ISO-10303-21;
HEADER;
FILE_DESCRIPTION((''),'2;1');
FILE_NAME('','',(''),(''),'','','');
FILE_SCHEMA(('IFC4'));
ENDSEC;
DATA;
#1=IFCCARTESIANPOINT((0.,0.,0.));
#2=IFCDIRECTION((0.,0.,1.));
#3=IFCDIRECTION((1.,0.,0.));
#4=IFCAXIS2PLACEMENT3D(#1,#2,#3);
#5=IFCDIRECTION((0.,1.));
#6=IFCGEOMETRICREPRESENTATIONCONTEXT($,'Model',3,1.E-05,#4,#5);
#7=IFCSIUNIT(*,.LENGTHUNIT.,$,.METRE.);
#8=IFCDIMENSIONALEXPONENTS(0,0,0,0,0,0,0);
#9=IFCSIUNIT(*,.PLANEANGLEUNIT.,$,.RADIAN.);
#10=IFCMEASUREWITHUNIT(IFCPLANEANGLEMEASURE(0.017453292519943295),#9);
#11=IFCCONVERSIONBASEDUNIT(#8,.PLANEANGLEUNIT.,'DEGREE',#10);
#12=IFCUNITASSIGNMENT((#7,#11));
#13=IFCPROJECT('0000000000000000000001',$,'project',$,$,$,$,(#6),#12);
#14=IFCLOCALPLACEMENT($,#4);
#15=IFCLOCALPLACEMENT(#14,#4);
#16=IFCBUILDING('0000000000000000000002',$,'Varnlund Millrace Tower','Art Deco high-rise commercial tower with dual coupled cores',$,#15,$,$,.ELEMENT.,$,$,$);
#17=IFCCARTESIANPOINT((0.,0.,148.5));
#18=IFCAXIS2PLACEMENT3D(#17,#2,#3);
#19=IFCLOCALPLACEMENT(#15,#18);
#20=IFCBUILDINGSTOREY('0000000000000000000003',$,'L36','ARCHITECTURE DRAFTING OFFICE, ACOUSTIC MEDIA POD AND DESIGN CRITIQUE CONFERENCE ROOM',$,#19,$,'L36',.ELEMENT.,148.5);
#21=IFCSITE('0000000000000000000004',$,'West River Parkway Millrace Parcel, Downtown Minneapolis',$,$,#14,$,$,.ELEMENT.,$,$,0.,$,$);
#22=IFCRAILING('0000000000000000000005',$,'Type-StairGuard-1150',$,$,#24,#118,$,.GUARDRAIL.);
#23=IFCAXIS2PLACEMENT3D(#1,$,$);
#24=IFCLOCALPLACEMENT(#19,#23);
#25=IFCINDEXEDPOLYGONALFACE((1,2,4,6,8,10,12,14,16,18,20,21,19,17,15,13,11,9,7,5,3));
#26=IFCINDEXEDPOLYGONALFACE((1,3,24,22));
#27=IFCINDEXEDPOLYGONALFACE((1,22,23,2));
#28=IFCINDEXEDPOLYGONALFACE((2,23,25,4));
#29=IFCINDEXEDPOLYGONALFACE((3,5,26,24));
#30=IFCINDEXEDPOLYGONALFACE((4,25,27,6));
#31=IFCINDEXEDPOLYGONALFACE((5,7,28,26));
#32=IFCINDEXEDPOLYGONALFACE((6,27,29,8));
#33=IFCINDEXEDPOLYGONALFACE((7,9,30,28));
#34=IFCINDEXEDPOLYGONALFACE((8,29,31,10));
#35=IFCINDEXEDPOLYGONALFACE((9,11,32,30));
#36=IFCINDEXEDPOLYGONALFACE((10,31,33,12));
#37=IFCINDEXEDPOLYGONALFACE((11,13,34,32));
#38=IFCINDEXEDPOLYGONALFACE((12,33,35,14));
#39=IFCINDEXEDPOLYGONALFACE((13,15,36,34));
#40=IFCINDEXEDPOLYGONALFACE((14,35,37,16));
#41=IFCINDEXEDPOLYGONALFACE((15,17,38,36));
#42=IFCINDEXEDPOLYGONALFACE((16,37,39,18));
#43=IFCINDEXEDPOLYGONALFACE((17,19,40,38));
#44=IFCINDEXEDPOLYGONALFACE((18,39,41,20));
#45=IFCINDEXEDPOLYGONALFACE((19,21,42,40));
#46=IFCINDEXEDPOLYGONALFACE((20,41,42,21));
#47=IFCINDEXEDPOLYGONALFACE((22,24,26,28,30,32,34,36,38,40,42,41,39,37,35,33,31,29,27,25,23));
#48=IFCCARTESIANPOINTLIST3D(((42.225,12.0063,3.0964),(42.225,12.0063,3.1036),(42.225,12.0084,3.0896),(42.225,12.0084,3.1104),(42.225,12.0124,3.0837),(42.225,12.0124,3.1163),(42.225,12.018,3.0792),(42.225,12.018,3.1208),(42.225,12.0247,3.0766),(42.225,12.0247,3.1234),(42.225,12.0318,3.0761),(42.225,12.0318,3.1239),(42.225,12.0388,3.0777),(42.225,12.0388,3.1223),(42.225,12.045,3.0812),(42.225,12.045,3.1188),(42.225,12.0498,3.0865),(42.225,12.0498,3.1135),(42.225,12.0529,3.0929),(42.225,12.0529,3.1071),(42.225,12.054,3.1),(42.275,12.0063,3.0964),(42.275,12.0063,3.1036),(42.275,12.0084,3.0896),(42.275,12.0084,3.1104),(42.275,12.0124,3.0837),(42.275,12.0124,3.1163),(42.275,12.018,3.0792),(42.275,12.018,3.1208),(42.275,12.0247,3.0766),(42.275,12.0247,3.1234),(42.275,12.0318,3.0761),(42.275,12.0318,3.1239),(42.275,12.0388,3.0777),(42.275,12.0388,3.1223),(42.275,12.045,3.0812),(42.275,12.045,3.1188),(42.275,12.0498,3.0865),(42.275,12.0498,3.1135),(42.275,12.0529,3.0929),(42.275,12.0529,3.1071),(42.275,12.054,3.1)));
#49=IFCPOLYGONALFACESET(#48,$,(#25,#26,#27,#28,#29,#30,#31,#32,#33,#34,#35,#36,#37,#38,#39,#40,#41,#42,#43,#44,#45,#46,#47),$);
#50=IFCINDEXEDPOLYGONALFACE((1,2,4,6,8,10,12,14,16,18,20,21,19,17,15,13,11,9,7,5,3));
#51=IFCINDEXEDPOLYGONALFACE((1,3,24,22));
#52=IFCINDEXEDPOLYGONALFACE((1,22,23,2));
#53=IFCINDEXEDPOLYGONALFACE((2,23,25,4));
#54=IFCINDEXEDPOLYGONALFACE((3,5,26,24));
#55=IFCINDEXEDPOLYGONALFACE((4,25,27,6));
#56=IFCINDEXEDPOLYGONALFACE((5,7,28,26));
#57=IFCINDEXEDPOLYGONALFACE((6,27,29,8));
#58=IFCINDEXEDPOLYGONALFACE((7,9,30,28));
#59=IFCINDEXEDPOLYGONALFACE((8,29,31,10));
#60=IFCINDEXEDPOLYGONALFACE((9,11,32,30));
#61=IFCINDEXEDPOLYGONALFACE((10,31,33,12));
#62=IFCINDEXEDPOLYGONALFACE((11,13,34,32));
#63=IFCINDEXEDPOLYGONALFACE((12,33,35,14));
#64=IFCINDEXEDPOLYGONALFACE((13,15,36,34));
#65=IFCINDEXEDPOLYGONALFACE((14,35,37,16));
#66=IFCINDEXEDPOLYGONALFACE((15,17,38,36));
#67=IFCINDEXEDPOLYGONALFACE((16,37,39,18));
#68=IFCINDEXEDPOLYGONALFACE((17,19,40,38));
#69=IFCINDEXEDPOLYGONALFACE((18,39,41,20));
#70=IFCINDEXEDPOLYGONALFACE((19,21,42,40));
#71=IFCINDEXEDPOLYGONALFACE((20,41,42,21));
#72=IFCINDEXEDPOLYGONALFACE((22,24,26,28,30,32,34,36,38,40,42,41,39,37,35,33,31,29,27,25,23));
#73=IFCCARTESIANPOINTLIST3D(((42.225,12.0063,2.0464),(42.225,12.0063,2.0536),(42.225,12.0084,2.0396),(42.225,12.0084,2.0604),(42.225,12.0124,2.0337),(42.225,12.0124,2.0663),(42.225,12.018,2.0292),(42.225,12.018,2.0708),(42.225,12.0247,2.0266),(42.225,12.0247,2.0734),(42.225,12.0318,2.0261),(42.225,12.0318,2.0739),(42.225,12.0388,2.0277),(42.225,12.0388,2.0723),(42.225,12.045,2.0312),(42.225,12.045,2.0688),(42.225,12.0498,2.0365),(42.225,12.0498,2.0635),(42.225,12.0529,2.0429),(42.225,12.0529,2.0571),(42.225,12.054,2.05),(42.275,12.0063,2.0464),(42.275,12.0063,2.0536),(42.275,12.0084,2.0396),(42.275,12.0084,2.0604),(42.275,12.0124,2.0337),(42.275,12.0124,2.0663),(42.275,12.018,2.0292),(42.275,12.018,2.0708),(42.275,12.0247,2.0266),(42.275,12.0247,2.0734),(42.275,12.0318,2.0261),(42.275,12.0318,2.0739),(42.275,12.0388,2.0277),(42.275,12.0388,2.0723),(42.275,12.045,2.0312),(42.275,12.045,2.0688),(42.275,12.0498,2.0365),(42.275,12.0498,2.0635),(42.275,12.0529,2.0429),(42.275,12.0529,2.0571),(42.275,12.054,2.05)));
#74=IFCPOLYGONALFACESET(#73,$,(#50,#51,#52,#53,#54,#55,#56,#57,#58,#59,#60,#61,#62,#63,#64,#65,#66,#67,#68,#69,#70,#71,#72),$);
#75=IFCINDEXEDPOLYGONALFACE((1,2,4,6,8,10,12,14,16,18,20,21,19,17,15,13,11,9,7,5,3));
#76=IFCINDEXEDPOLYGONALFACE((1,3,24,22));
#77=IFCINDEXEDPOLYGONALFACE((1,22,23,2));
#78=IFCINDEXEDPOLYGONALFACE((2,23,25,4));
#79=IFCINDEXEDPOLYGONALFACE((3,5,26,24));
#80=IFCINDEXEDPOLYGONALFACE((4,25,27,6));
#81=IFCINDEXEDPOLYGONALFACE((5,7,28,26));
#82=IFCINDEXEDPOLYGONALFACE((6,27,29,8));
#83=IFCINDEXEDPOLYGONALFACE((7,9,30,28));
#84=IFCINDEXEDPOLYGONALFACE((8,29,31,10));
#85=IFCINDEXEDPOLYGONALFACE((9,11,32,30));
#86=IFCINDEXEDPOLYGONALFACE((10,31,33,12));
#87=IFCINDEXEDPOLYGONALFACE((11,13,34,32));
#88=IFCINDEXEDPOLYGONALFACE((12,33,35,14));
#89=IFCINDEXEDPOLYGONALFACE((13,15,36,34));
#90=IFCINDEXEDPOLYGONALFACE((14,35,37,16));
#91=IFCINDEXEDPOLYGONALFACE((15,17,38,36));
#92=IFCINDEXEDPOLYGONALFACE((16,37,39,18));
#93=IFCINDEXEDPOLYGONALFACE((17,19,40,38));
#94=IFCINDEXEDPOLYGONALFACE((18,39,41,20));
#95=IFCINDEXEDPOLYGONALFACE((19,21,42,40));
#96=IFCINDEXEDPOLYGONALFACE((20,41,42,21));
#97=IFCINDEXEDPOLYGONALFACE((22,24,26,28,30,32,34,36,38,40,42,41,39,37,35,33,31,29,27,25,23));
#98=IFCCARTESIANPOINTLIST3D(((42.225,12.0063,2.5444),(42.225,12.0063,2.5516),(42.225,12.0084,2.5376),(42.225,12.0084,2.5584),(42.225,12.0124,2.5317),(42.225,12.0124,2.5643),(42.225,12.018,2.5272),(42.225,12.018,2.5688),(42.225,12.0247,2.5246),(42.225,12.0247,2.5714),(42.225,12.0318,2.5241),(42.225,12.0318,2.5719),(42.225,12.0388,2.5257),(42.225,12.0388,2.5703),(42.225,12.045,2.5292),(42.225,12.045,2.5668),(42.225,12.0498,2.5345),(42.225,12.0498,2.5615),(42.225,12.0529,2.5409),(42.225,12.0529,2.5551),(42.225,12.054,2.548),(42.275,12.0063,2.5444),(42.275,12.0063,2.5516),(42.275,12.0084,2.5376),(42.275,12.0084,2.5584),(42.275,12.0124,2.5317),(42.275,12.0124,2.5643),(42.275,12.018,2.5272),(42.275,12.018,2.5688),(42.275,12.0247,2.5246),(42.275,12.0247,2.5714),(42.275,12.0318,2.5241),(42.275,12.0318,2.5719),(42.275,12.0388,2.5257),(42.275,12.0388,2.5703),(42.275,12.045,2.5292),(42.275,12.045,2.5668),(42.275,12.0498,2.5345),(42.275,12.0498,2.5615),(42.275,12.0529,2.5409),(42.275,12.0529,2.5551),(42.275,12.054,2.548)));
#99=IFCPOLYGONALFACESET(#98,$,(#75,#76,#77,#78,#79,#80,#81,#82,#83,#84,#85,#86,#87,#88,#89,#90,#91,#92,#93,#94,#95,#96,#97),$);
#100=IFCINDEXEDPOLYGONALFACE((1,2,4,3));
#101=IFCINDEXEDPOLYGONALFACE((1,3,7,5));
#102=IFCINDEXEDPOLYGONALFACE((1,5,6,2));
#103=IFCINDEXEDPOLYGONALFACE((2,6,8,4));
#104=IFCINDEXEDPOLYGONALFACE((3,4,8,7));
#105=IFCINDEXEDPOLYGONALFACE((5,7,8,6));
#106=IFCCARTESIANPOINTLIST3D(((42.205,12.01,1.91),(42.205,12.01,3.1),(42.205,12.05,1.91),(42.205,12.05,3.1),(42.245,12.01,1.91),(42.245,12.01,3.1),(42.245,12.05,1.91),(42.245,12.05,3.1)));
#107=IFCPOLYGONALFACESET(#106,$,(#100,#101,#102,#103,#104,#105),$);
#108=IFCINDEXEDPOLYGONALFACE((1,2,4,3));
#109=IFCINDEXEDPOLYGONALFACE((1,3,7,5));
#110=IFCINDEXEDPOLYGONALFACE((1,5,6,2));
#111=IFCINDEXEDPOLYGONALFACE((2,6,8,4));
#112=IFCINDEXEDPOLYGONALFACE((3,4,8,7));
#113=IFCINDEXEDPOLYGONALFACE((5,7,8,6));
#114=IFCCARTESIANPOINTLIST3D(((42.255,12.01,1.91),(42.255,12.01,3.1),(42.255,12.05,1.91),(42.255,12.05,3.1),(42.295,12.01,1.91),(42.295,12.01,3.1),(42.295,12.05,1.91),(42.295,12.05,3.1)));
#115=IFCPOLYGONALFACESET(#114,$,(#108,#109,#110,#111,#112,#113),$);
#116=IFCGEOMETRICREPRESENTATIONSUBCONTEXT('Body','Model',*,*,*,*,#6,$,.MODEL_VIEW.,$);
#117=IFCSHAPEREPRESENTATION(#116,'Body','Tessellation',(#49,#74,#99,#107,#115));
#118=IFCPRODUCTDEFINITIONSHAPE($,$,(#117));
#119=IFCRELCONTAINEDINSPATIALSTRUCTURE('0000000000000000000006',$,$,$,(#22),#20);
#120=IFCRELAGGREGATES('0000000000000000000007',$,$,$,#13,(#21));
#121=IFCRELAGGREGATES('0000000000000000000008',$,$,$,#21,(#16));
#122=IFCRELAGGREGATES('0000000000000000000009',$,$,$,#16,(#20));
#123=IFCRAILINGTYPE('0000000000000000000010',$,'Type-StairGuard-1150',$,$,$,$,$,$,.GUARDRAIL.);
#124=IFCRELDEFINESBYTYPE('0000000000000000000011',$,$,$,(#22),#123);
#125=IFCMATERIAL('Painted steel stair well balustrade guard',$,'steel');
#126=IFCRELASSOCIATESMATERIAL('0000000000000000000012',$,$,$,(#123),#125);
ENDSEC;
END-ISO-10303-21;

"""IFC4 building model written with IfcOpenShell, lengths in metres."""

from ifc_helpers import new_model, entity, si_unit, converted_unit, direction, frame, origin_with_axes, origin_2d_with_axis, place, context, subcontext, project, spatial, rectangle, circle, extrude, material, type_object, element, save


model = new_model("IFC4")

# Units and contexts
model_context = context("Model", 3, precision=1e-05, world=origin_with_axes(), true_north=direction((0.0, 1.0)))
body_context = subcontext(model_context, "Body", "Model", "MODEL_VIEW")
ifc_project = project(units=[si_unit("LENGTHUNIT", "METRE"), converted_unit("PLANEANGLEUNIT", "DEGREE", entity("IfcPlaneAngleMeasure", 0.017453292519943295), si_unit("PLANEANGLEUNIT", "RADIAN"), dimensions=[0, 0, 0, 0, 0, 0, 0])], contexts=[model_context])

# Site, building, storey
site_placement = place(None, origin_with_axes())
site = spatial("IfcSite", under=ifc_project, at=site_placement, Name="West River Parkway Millrace Parcel, Downtown Minneapolis", CompositionType="ELEMENT", RefElevation=0.0)
building_placement = place(site_placement, origin_with_axes())
building = spatial("IfcBuilding", under=site, at=building_placement, Name="Varnlund Millrace Tower", Description="Art Deco high-rise commercial tower with dual coupled cores", CompositionType="ELEMENT")
storey_placement = place(building_placement, frame((0.0, 0.0, 148.5), z_axis=(0.0, 0.0, 1.0), x_axis=(1.0, 0.0, 0.0)))
storey = spatial("IfcBuildingStorey", under=building, at=storey_placement, Name="L36", Description="ARCHITECTURE DRAFTING OFFICE, ACOUSTIC MEDIA POD AND DESIGN CRITIQUE CONFERENCE ROOM", LongName="L36", CompositionType="ELEMENT", Elevation=148.5)

# Railing
ifc_material_1 = material(Name="Painted steel stair well balustrade guard", Category="steel")
railing_type_1 = type_object("IfcRailingType", Name="Type-StairGuard-1150", PredefinedType="GUARDRAIL", material=ifc_material_1)
railing_1_placement = place(storey_placement, frame((0.0, 0.0, -148.5), z_axis=(0.0, 0.0, 1.0), x_axis=(1.0, 0.0, 0.0)))
element("IfcRailing", 1, at=railing_1_placement, inside=storey, type_object=railing_type_1, Name="Type-StairGuard-1150", PredefinedType="GUARDRAIL", context=body_context, shape_type="SweptSolid", body=[
    extrude(circle(Radius=0.024, at=origin_2d_with_axis()), frame((42.225, 12.03, 151.6), z_axis=(1.0, 0.0, 0.0), x_axis=(0.0, 1.0, 0.0)), (0.0, 0.0, 1.0), 0.05),
    extrude(circle(Radius=0.024, at=origin_2d_with_axis()), frame((42.225, 12.03, 150.55), z_axis=(1.0, 0.0, 0.0), x_axis=(0.0, 1.0, 0.0)), (0.0, 0.0, 1.0), 0.05),
    extrude(circle(Radius=0.024, at=origin_2d_with_axis()), frame((42.225, 12.03, 151.048), z_axis=(1.0, 0.0, 0.0), x_axis=(0.0, 1.0, 0.0)), (0.0, 0.0, 1.0), 0.05),
    extrude(rectangle(XDim=0.04, YDim=0.04, at=origin_2d_with_axis()), frame((42.225, 12.03, 150.41), z_axis=(0.0, 0.0, 1.0), x_axis=(1.0, 0.0, 0.0)), (0.0, 0.0, 1.0), 1.19),
    extrude(rectangle(XDim=0.04, YDim=0.04, at=origin_2d_with_axis()), frame((42.275, 12.03, 150.41), z_axis=(0.0, 0.0, 1.0), x_axis=(1.0, 0.0, 0.0)), (0.0, 0.0, 1.0), 1.19),
])

save(model, "model.ifc")
